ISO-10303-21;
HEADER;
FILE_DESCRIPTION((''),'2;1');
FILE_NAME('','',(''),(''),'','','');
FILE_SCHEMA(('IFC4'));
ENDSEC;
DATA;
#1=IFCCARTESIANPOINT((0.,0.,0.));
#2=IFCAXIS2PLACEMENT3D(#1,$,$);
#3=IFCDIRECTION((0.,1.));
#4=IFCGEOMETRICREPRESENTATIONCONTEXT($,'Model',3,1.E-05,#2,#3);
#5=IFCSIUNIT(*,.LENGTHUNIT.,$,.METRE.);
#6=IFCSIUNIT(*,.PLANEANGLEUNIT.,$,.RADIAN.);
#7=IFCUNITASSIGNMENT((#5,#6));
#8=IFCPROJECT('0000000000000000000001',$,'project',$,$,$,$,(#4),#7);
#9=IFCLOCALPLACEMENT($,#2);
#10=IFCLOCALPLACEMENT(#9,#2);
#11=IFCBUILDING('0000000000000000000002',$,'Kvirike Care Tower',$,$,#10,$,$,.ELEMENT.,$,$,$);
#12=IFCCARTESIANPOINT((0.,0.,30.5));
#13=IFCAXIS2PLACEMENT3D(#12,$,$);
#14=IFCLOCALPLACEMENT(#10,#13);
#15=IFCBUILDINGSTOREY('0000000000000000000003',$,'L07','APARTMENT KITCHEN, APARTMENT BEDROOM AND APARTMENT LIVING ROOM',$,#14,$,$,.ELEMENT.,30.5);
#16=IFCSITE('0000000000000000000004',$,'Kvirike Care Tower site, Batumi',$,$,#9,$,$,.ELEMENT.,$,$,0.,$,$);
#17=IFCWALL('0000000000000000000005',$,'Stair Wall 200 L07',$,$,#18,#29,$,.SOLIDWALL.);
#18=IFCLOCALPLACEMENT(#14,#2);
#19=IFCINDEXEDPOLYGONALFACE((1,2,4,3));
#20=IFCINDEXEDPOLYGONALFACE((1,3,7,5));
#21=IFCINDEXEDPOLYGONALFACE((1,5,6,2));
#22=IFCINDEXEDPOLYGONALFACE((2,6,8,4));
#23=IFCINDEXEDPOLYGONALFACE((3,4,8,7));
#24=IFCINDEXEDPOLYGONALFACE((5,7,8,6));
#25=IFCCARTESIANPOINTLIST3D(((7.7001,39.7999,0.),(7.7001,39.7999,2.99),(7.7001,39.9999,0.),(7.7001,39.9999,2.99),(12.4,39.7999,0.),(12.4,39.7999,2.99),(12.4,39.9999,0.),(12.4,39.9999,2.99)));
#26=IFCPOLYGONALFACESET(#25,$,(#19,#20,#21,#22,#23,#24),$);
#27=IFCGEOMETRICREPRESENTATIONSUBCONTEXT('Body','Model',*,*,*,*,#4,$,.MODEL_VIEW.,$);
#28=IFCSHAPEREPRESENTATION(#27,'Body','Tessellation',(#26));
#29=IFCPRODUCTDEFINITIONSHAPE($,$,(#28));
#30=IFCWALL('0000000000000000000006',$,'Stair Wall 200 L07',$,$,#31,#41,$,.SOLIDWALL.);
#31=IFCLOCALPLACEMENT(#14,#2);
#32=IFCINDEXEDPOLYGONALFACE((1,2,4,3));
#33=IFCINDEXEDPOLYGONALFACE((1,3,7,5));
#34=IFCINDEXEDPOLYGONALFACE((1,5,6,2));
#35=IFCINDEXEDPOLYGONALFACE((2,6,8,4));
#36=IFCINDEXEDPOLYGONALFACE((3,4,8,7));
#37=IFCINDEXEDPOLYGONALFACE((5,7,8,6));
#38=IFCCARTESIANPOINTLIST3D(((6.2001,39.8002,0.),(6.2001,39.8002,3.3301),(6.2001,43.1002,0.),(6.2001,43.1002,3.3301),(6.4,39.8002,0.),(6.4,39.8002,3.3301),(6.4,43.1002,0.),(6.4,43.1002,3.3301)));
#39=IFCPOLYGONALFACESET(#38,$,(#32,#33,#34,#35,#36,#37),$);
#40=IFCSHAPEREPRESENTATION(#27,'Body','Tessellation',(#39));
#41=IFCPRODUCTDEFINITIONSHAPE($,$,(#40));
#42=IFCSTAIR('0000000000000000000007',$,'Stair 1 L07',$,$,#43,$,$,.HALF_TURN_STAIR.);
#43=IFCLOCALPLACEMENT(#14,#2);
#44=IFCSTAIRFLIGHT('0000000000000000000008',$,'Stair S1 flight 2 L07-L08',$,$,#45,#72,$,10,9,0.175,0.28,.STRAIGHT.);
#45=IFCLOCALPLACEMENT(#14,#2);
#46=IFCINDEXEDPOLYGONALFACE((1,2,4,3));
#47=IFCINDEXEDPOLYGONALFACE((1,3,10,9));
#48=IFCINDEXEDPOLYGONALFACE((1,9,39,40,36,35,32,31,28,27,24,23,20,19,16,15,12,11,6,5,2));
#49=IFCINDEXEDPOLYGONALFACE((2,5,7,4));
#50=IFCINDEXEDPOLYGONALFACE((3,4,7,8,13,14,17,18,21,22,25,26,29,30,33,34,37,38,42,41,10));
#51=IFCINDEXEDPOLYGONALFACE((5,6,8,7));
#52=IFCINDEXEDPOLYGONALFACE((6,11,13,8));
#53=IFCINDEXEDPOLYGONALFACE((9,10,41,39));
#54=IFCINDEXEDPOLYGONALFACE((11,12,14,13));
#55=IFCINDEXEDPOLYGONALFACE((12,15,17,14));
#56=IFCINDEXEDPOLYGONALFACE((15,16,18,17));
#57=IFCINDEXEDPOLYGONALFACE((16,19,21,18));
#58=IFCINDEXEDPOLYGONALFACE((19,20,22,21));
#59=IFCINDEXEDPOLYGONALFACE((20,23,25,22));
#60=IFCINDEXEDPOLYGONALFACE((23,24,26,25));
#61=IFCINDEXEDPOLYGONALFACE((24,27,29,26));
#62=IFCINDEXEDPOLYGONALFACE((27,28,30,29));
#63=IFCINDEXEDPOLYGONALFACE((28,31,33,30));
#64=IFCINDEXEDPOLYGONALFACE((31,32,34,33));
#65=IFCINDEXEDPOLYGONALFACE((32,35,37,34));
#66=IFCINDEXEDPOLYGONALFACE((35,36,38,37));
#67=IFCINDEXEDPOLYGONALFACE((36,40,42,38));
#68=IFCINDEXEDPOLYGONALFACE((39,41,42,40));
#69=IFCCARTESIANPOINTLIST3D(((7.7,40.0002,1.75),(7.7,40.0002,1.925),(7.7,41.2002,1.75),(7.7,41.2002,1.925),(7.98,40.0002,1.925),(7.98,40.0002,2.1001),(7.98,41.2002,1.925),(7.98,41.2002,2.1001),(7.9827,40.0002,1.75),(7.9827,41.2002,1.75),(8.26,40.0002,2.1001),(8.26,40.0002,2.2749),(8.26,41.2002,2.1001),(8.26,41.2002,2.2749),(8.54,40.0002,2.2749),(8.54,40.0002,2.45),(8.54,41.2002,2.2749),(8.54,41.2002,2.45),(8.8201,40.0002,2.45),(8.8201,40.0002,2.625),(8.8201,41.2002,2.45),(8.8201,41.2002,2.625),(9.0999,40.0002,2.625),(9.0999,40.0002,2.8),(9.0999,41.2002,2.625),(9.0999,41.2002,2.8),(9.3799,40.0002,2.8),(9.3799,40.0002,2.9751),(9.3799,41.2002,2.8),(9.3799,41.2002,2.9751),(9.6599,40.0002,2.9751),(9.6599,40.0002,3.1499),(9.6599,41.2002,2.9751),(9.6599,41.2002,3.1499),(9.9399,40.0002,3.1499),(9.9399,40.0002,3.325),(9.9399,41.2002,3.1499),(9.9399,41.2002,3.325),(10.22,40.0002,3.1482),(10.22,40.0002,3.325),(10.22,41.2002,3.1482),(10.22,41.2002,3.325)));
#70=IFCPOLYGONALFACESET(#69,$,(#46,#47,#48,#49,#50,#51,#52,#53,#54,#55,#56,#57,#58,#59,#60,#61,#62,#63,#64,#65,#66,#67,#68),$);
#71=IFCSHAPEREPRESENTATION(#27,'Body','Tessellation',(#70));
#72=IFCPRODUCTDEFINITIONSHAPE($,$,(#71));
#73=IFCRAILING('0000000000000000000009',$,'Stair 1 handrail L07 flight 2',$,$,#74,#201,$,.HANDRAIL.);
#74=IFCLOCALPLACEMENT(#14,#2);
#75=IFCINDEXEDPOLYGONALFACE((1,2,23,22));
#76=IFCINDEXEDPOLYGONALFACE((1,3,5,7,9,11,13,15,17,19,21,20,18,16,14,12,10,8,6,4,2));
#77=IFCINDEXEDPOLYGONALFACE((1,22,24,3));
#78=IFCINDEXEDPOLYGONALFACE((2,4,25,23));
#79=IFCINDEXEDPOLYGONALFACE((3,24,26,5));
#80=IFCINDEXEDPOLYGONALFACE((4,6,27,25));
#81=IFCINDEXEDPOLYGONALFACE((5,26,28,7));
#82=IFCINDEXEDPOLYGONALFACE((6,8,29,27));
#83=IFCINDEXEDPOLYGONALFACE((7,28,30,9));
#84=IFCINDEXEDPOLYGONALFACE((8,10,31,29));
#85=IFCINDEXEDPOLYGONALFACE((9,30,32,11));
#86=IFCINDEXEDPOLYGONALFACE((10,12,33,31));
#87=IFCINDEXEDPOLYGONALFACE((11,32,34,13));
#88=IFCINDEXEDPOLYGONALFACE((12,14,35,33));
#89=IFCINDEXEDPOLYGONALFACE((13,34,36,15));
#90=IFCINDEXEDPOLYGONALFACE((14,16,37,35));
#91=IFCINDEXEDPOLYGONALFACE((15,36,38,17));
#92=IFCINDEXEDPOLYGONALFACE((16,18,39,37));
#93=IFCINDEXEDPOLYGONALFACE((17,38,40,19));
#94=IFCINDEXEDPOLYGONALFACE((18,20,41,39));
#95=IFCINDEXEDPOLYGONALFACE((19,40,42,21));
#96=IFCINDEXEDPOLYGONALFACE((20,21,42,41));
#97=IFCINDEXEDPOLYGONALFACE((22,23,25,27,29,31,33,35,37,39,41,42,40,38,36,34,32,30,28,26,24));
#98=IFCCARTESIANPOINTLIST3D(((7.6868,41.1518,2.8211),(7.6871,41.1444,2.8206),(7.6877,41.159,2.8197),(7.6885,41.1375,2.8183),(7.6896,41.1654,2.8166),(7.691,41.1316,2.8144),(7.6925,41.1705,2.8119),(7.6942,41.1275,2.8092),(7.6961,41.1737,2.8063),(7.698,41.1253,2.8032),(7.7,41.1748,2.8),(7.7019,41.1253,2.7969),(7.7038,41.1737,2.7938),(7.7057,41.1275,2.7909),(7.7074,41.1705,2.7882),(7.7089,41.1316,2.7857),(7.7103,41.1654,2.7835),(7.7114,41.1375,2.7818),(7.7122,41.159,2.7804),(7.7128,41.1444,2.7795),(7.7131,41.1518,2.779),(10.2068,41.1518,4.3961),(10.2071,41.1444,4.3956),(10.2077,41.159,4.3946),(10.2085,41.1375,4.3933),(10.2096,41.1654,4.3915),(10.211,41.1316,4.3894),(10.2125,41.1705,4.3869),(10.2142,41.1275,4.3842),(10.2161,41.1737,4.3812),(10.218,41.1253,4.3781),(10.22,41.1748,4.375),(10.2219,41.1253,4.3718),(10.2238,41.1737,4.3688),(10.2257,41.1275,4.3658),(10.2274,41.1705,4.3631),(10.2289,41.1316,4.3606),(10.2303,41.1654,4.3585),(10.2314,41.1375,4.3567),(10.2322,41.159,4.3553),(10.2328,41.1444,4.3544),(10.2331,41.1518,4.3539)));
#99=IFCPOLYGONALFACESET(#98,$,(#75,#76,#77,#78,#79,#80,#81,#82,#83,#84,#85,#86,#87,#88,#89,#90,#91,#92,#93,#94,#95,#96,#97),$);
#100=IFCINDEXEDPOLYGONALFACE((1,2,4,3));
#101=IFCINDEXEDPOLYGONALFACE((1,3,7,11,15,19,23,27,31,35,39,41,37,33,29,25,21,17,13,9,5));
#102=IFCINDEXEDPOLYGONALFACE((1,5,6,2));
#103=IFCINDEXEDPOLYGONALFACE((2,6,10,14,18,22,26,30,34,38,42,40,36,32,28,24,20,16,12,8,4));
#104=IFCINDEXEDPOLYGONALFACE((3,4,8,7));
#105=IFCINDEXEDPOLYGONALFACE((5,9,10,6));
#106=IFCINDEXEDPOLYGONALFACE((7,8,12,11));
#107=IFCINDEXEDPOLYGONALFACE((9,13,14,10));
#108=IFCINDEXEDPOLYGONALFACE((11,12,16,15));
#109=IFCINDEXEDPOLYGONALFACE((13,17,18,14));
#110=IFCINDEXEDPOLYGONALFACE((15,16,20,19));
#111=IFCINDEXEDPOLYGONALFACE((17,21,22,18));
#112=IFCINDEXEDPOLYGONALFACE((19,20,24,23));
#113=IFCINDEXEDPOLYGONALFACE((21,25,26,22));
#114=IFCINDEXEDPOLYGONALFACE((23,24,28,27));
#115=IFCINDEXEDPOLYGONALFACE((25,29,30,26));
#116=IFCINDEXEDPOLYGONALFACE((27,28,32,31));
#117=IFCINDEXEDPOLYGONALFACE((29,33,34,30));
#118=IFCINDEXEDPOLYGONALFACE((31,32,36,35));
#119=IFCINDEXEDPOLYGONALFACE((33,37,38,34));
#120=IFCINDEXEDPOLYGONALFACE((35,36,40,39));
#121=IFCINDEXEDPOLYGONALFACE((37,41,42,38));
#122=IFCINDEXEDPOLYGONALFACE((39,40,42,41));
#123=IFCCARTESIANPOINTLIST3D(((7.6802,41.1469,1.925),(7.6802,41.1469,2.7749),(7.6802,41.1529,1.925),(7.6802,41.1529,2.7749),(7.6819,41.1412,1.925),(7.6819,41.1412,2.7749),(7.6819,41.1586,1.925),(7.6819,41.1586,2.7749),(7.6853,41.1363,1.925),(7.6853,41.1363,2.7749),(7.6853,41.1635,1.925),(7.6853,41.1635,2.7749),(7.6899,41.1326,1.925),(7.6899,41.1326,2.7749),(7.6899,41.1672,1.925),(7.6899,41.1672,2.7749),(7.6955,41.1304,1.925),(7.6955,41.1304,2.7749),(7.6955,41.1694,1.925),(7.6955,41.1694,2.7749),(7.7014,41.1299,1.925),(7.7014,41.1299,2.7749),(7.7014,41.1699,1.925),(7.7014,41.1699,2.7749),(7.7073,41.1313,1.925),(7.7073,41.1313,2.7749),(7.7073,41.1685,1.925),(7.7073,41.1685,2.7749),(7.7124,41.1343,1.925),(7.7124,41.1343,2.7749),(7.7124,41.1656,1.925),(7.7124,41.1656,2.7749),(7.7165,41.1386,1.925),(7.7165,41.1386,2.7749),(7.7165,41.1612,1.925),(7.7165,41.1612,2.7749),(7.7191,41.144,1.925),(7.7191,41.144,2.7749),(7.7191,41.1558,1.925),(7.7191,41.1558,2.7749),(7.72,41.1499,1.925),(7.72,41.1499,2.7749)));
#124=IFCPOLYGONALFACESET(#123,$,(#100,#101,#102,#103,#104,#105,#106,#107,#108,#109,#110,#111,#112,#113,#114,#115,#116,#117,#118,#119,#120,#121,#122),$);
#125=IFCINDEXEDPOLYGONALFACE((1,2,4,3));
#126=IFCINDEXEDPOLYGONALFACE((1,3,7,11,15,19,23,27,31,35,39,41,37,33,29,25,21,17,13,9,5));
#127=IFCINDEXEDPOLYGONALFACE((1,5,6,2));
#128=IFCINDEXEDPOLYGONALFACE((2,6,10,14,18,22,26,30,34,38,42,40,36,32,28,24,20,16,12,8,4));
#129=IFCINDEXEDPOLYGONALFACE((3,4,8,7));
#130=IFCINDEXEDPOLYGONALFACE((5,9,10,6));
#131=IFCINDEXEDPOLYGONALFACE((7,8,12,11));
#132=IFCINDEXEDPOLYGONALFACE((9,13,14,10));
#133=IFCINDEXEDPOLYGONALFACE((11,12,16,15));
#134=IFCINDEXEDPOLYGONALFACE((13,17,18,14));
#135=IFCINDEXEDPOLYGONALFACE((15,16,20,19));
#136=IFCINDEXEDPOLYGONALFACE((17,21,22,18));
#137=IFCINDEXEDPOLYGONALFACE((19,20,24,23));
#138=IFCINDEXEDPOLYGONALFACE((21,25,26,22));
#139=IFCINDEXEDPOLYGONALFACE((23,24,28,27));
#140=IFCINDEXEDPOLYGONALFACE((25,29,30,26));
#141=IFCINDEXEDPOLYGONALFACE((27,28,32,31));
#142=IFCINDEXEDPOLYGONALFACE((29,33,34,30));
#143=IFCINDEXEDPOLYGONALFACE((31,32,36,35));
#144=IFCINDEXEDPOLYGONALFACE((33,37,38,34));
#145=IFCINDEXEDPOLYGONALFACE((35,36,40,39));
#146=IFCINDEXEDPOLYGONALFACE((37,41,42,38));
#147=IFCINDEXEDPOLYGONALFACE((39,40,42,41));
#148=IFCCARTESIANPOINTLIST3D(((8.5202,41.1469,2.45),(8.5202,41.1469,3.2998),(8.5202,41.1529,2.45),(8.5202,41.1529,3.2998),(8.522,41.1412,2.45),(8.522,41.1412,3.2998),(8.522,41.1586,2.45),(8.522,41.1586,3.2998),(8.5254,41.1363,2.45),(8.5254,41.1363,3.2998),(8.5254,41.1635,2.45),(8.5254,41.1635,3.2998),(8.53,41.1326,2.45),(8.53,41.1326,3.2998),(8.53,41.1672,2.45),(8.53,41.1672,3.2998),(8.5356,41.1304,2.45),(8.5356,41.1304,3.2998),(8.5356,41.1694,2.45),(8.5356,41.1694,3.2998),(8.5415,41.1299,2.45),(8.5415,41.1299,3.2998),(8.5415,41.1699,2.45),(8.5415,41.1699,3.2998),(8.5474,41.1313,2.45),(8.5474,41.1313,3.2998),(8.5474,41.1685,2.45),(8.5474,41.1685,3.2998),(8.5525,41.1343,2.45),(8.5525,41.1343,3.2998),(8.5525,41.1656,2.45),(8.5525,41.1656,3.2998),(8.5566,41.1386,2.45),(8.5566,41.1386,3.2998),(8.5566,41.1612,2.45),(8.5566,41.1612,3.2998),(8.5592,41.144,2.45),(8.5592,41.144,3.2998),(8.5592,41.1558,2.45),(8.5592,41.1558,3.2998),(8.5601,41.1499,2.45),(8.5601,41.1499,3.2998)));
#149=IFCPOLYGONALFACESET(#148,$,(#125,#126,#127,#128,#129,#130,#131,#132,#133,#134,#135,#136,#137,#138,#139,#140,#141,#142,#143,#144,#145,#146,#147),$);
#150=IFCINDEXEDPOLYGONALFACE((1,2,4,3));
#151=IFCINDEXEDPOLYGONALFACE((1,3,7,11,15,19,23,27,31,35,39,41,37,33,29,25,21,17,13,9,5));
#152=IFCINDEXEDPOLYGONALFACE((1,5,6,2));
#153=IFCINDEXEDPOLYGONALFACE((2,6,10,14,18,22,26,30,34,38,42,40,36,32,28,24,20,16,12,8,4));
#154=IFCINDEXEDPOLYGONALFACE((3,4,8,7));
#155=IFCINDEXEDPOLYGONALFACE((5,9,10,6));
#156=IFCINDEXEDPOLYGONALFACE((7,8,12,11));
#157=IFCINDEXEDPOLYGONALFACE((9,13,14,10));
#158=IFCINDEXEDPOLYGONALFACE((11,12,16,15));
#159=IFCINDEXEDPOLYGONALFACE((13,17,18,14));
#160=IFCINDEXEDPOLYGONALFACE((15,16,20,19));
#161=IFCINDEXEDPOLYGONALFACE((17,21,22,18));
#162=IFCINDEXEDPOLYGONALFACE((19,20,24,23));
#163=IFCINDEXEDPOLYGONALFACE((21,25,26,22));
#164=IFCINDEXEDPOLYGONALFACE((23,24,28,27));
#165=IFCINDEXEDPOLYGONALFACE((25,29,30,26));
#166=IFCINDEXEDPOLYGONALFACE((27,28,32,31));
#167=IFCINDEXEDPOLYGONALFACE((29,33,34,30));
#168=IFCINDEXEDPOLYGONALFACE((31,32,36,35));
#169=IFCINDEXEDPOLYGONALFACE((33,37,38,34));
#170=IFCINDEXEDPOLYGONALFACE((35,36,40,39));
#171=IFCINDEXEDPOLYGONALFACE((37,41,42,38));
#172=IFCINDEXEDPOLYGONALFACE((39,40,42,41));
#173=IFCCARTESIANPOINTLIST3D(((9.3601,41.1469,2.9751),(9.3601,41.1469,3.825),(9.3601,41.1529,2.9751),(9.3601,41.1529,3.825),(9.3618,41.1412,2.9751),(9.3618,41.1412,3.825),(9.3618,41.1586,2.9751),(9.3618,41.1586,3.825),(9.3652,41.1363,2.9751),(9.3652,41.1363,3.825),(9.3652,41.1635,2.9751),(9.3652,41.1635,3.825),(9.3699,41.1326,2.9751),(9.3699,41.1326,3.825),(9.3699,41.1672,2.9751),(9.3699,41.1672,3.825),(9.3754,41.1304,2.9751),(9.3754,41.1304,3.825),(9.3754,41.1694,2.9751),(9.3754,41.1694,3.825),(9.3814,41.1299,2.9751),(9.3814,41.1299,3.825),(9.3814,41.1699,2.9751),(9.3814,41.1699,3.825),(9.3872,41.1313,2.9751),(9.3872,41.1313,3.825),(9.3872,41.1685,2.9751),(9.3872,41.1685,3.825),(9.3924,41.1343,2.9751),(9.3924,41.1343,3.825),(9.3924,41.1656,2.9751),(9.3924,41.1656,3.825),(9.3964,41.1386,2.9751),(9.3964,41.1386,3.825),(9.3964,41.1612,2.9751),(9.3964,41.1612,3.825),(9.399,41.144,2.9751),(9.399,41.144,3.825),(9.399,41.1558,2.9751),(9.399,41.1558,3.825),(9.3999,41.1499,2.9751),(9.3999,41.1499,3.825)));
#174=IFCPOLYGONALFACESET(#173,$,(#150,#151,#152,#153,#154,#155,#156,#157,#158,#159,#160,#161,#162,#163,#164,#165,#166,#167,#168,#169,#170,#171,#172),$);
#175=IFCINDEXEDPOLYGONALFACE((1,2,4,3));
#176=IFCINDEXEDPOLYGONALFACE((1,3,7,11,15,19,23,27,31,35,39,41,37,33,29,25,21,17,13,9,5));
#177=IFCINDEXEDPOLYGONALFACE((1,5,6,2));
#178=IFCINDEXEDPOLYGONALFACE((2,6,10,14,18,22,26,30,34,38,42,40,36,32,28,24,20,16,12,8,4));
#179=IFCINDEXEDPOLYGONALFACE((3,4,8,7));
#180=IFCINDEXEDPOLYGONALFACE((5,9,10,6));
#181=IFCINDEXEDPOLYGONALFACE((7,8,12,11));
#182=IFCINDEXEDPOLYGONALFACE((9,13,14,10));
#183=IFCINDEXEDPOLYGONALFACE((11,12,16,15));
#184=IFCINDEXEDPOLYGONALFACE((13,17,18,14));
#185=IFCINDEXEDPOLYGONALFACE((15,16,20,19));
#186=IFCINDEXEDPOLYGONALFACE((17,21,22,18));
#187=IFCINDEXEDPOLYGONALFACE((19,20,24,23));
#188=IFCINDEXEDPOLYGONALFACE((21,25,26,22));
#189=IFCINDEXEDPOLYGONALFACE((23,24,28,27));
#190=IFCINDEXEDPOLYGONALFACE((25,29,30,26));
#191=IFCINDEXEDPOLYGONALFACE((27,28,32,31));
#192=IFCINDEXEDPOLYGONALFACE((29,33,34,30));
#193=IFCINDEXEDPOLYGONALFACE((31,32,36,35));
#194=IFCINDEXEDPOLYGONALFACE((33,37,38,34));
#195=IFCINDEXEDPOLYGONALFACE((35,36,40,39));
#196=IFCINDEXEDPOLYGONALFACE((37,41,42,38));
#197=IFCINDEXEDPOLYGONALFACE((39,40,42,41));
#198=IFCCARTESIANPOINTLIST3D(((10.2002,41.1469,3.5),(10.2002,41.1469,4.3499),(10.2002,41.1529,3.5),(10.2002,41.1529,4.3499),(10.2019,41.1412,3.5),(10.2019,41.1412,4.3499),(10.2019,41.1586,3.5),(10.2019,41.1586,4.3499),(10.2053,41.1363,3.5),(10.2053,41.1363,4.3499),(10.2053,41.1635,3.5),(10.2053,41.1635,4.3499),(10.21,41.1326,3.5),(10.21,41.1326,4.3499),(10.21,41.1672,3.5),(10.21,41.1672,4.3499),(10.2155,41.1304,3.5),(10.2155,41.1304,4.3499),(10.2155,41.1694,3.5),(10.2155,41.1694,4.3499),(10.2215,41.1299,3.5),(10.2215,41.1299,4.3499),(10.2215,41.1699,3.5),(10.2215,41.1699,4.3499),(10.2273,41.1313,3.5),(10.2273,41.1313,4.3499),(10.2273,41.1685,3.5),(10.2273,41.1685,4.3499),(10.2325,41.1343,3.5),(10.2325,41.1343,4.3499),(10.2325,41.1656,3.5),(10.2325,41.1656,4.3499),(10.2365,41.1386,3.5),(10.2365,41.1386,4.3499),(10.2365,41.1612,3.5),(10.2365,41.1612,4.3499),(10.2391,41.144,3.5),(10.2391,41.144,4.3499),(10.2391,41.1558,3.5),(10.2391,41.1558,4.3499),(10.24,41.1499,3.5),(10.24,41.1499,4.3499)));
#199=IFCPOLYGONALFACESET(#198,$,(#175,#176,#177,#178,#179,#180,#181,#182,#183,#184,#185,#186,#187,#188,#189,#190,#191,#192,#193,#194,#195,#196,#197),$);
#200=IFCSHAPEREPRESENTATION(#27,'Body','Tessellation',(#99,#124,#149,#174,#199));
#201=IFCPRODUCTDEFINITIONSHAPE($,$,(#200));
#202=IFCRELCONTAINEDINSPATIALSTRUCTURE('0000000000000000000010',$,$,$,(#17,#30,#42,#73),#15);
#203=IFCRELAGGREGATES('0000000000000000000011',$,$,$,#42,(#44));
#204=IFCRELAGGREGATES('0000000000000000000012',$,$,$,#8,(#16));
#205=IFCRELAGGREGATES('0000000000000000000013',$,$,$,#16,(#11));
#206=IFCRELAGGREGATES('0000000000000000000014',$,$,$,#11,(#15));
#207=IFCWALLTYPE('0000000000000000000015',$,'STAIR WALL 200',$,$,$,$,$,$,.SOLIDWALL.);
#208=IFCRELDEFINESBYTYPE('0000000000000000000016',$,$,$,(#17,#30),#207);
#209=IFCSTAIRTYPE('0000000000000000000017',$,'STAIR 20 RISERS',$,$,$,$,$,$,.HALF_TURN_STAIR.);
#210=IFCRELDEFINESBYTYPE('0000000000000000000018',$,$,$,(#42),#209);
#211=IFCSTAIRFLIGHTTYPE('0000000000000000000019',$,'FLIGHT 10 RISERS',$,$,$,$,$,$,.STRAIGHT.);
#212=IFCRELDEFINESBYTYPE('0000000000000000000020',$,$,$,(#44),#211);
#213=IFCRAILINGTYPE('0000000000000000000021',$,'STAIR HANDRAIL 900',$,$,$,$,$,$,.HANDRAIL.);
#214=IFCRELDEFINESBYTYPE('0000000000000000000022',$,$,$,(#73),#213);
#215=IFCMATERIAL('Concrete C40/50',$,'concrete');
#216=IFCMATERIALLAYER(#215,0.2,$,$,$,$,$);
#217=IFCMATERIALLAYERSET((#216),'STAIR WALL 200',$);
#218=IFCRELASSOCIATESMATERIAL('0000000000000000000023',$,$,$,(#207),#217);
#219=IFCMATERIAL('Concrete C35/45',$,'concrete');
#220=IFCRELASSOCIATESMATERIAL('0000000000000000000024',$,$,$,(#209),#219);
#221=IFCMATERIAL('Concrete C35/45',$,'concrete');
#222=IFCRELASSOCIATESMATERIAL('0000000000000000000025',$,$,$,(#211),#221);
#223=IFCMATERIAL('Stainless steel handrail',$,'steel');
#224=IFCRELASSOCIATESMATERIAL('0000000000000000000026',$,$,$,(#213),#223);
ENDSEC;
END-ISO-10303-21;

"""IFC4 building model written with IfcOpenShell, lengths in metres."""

from ifc_helpers import new_model, si_unit, direction, frame, frame_2d, origin, origin_2d, place, context, subcontext, project, spatial, polyline, rectangle, circle, outline, extrude, material, layer, layer_set, type_object, element, aggregate, save


model = new_model("IFC4")

# Units and contexts
model_context = context("Model", 3, precision=1e-05, world=origin(), true_north=direction((0.0, 1.0)))
body_context = subcontext(model_context, "Body", "Model", "MODEL_VIEW")
ifc_project = project(units=[si_unit("LENGTHUNIT", "METRE"), si_unit("PLANEANGLEUNIT", "RADIAN")], contexts=[model_context])

# Site, building, storey
site_placement = place(None, origin())
site = spatial("IfcSite", under=ifc_project, at=site_placement, Name="Kvirike Care Tower site, Batumi", CompositionType="ELEMENT", RefElevation=0.0)
building_placement = place(site_placement, origin())
building = spatial("IfcBuilding", under=site, at=building_placement, Name="Kvirike Care Tower", CompositionType="ELEMENT")
storey_placement = place(building_placement, frame((0.0, 0.0, 30.5)))
storey = spatial("IfcBuildingStorey", under=building, at=storey_placement, Name="L07", Description="APARTMENT KITCHEN, APARTMENT BEDROOM AND APARTMENT LIVING ROOM", CompositionType="ELEMENT", Elevation=30.5)

# Walls
ifc_material_1 = material(Name="Concrete C40/50", Category="concrete")
ifc_layer_1 = layer(ifc_material_1, 0.2)
ifc_layer_set_1 = layer_set([ifc_layer_1], Name="STAIR WALL 200")
wall_type_1 = type_object("IfcWallType", Name="STAIR WALL 200", PredefinedType="SOLIDWALL", material=ifc_layer_set_1)
wall_1_placement = place(storey_placement, frame((7.7, 39.8999, 0.0), z_axis=(0.0, 0.0, 1.0), x_axis=(1.0, 0.0, 0.0)))
element("IfcWall", 1, at=wall_1_placement, inside=storey, type_object=wall_type_1, Name="Stair Wall 200 L07", PredefinedType="SOLIDWALL", context=body_context, shape_type="SweptSolid", body=[
    extrude(rectangle(XDim=4.7, YDim=0.2, at=frame_2d((2.3501, 0.0))), origin(), (0.0, 0.0, 1.0), 2.99),
])
wall_2_placement = place(storey_placement, frame((6.3, 43.1001, 0.0), z_axis=(0.0, 0.0, 1.0), x_axis=(0.0, -1.0, 0.0)))
element("IfcWall", 2, at=wall_2_placement, inside=storey, type_object=wall_type_1, Name="Stair Wall 200 L07", PredefinedType="SOLIDWALL", context=body_context, shape_type="SweptSolid", body=[
    extrude(rectangle(XDim=3.3, YDim=0.2, at=frame_2d((1.6499, 0.0))), origin(), (0.0, 0.0, 1.0), 3.3301),
])

# Stair, stair flight
ifc_material_2 = material(Name="Concrete C35/45", Category="concrete")
stair_type = type_object("IfcStairType", Name="STAIR 20 RISERS", PredefinedType="HALF_TURN_STAIR", material=ifc_material_2)
stair_placement = place(storey_placement, origin())
stair = element("IfcStair", 3, at=stair_placement, inside=storey, type_object=stair_type, Name="Stair 1 L07", PredefinedType="HALF_TURN_STAIR")
ifc_material_3 = material(Name="Concrete C35/45", Category="concrete")
stair_flight_type = type_object("IfcStairFlightType", Name="FLIGHT 10 RISERS", PredefinedType="STRAIGHT", material=ifc_material_3)
stair_flight_placement = place(storey_placement, frame((7.7, 40.6001, 1.75), z_axis=(0.0, 0.0, 1.0), x_axis=(1.0, 0.0, 0.0)))
stair_flight = element("IfcStairFlight", 4, at=stair_flight_placement, type_object=stair_flight_type, Name="Stair S1 flight 2 L07-L08", NumberOfRisers=10, NumberOfTreads=9, PredefinedType="STRAIGHT", RiserHeight=0.175, TreadLength=0.28, context=body_context, shape_type="SweptSolid", body=[
    extrude(outline(polyline([(0.0, 0.0), (0.0, 0.175), (0.28, 0.175), (0.28, 0.3501), (0.5601, 0.3501), (0.5601, 0.5249), (0.8401, 0.5249), (0.8401, 0.7), (1.1201, 0.7), (1.1201, 0.875), (1.3999, 0.875), (1.3999, 1.05), (1.6799, 1.05), (1.6799, 1.2251), (1.96, 1.2251), (1.96, 1.3999), (2.24, 1.3999), (2.24, 1.575), (2.52, 1.575), (2.52, 1.75), (2.52, 1.3982), (0.2827, 0.0), (0.0, 0.0)])), frame((0.0, 0.6001, 0.0), z_axis=(0.0, -1.0, 0.0), x_axis=(1.0, 0.0, 0.0)), (0.0, 0.0, 1.0), 1.2),
])
aggregate(stair, [stair_flight])

# Railing
ifc_material_4 = material(Name="Stainless steel handrail", Category="steel")
railing_type = type_object("IfcRailingType", Name="STAIR HANDRAIL 900", PredefinedType="HANDRAIL", material=ifc_material_4)
railing_placement = place(storey_placement, frame((7.7, 41.1499, 1.925)))
element("IfcRailing", 5, at=railing_placement, inside=storey, type_object=railing_type, Name="Stair 1 handrail L07 flight 2", PredefinedType="HANDRAIL", context=body_context, shape_type="SweptSolid", body=[
    extrude(circle(Radius=0.0249, at=origin_2d()), frame((0.0, 0.0, 0.875), z_axis=(0.848008, 0.0, 0.529984), x_axis=(0.0, 1.0, 0.0)), (0.0, 0.0, 1.0), 2.9717),
    extrude(circle(Radius=0.02, at=origin_2d()), origin(), (0.0, 0.0, 1.0), 0.8499),
    extrude(circle(Radius=0.02, at=origin_2d()), frame((0.8401, 0.0, 0.5249)), (0.0, 0.0, 1.0), 0.8499),
    extrude(circle(Radius=0.02, at=origin_2d()), frame((1.6799, 0.0, 1.05)), (0.0, 0.0, 1.0), 0.8499),
    extrude(circle(Radius=0.02, at=origin_2d()), frame((2.52, 0.0, 1.575)), (0.0, 0.0, 1.0), 0.8499),
])

save(model, "model.ifc")
